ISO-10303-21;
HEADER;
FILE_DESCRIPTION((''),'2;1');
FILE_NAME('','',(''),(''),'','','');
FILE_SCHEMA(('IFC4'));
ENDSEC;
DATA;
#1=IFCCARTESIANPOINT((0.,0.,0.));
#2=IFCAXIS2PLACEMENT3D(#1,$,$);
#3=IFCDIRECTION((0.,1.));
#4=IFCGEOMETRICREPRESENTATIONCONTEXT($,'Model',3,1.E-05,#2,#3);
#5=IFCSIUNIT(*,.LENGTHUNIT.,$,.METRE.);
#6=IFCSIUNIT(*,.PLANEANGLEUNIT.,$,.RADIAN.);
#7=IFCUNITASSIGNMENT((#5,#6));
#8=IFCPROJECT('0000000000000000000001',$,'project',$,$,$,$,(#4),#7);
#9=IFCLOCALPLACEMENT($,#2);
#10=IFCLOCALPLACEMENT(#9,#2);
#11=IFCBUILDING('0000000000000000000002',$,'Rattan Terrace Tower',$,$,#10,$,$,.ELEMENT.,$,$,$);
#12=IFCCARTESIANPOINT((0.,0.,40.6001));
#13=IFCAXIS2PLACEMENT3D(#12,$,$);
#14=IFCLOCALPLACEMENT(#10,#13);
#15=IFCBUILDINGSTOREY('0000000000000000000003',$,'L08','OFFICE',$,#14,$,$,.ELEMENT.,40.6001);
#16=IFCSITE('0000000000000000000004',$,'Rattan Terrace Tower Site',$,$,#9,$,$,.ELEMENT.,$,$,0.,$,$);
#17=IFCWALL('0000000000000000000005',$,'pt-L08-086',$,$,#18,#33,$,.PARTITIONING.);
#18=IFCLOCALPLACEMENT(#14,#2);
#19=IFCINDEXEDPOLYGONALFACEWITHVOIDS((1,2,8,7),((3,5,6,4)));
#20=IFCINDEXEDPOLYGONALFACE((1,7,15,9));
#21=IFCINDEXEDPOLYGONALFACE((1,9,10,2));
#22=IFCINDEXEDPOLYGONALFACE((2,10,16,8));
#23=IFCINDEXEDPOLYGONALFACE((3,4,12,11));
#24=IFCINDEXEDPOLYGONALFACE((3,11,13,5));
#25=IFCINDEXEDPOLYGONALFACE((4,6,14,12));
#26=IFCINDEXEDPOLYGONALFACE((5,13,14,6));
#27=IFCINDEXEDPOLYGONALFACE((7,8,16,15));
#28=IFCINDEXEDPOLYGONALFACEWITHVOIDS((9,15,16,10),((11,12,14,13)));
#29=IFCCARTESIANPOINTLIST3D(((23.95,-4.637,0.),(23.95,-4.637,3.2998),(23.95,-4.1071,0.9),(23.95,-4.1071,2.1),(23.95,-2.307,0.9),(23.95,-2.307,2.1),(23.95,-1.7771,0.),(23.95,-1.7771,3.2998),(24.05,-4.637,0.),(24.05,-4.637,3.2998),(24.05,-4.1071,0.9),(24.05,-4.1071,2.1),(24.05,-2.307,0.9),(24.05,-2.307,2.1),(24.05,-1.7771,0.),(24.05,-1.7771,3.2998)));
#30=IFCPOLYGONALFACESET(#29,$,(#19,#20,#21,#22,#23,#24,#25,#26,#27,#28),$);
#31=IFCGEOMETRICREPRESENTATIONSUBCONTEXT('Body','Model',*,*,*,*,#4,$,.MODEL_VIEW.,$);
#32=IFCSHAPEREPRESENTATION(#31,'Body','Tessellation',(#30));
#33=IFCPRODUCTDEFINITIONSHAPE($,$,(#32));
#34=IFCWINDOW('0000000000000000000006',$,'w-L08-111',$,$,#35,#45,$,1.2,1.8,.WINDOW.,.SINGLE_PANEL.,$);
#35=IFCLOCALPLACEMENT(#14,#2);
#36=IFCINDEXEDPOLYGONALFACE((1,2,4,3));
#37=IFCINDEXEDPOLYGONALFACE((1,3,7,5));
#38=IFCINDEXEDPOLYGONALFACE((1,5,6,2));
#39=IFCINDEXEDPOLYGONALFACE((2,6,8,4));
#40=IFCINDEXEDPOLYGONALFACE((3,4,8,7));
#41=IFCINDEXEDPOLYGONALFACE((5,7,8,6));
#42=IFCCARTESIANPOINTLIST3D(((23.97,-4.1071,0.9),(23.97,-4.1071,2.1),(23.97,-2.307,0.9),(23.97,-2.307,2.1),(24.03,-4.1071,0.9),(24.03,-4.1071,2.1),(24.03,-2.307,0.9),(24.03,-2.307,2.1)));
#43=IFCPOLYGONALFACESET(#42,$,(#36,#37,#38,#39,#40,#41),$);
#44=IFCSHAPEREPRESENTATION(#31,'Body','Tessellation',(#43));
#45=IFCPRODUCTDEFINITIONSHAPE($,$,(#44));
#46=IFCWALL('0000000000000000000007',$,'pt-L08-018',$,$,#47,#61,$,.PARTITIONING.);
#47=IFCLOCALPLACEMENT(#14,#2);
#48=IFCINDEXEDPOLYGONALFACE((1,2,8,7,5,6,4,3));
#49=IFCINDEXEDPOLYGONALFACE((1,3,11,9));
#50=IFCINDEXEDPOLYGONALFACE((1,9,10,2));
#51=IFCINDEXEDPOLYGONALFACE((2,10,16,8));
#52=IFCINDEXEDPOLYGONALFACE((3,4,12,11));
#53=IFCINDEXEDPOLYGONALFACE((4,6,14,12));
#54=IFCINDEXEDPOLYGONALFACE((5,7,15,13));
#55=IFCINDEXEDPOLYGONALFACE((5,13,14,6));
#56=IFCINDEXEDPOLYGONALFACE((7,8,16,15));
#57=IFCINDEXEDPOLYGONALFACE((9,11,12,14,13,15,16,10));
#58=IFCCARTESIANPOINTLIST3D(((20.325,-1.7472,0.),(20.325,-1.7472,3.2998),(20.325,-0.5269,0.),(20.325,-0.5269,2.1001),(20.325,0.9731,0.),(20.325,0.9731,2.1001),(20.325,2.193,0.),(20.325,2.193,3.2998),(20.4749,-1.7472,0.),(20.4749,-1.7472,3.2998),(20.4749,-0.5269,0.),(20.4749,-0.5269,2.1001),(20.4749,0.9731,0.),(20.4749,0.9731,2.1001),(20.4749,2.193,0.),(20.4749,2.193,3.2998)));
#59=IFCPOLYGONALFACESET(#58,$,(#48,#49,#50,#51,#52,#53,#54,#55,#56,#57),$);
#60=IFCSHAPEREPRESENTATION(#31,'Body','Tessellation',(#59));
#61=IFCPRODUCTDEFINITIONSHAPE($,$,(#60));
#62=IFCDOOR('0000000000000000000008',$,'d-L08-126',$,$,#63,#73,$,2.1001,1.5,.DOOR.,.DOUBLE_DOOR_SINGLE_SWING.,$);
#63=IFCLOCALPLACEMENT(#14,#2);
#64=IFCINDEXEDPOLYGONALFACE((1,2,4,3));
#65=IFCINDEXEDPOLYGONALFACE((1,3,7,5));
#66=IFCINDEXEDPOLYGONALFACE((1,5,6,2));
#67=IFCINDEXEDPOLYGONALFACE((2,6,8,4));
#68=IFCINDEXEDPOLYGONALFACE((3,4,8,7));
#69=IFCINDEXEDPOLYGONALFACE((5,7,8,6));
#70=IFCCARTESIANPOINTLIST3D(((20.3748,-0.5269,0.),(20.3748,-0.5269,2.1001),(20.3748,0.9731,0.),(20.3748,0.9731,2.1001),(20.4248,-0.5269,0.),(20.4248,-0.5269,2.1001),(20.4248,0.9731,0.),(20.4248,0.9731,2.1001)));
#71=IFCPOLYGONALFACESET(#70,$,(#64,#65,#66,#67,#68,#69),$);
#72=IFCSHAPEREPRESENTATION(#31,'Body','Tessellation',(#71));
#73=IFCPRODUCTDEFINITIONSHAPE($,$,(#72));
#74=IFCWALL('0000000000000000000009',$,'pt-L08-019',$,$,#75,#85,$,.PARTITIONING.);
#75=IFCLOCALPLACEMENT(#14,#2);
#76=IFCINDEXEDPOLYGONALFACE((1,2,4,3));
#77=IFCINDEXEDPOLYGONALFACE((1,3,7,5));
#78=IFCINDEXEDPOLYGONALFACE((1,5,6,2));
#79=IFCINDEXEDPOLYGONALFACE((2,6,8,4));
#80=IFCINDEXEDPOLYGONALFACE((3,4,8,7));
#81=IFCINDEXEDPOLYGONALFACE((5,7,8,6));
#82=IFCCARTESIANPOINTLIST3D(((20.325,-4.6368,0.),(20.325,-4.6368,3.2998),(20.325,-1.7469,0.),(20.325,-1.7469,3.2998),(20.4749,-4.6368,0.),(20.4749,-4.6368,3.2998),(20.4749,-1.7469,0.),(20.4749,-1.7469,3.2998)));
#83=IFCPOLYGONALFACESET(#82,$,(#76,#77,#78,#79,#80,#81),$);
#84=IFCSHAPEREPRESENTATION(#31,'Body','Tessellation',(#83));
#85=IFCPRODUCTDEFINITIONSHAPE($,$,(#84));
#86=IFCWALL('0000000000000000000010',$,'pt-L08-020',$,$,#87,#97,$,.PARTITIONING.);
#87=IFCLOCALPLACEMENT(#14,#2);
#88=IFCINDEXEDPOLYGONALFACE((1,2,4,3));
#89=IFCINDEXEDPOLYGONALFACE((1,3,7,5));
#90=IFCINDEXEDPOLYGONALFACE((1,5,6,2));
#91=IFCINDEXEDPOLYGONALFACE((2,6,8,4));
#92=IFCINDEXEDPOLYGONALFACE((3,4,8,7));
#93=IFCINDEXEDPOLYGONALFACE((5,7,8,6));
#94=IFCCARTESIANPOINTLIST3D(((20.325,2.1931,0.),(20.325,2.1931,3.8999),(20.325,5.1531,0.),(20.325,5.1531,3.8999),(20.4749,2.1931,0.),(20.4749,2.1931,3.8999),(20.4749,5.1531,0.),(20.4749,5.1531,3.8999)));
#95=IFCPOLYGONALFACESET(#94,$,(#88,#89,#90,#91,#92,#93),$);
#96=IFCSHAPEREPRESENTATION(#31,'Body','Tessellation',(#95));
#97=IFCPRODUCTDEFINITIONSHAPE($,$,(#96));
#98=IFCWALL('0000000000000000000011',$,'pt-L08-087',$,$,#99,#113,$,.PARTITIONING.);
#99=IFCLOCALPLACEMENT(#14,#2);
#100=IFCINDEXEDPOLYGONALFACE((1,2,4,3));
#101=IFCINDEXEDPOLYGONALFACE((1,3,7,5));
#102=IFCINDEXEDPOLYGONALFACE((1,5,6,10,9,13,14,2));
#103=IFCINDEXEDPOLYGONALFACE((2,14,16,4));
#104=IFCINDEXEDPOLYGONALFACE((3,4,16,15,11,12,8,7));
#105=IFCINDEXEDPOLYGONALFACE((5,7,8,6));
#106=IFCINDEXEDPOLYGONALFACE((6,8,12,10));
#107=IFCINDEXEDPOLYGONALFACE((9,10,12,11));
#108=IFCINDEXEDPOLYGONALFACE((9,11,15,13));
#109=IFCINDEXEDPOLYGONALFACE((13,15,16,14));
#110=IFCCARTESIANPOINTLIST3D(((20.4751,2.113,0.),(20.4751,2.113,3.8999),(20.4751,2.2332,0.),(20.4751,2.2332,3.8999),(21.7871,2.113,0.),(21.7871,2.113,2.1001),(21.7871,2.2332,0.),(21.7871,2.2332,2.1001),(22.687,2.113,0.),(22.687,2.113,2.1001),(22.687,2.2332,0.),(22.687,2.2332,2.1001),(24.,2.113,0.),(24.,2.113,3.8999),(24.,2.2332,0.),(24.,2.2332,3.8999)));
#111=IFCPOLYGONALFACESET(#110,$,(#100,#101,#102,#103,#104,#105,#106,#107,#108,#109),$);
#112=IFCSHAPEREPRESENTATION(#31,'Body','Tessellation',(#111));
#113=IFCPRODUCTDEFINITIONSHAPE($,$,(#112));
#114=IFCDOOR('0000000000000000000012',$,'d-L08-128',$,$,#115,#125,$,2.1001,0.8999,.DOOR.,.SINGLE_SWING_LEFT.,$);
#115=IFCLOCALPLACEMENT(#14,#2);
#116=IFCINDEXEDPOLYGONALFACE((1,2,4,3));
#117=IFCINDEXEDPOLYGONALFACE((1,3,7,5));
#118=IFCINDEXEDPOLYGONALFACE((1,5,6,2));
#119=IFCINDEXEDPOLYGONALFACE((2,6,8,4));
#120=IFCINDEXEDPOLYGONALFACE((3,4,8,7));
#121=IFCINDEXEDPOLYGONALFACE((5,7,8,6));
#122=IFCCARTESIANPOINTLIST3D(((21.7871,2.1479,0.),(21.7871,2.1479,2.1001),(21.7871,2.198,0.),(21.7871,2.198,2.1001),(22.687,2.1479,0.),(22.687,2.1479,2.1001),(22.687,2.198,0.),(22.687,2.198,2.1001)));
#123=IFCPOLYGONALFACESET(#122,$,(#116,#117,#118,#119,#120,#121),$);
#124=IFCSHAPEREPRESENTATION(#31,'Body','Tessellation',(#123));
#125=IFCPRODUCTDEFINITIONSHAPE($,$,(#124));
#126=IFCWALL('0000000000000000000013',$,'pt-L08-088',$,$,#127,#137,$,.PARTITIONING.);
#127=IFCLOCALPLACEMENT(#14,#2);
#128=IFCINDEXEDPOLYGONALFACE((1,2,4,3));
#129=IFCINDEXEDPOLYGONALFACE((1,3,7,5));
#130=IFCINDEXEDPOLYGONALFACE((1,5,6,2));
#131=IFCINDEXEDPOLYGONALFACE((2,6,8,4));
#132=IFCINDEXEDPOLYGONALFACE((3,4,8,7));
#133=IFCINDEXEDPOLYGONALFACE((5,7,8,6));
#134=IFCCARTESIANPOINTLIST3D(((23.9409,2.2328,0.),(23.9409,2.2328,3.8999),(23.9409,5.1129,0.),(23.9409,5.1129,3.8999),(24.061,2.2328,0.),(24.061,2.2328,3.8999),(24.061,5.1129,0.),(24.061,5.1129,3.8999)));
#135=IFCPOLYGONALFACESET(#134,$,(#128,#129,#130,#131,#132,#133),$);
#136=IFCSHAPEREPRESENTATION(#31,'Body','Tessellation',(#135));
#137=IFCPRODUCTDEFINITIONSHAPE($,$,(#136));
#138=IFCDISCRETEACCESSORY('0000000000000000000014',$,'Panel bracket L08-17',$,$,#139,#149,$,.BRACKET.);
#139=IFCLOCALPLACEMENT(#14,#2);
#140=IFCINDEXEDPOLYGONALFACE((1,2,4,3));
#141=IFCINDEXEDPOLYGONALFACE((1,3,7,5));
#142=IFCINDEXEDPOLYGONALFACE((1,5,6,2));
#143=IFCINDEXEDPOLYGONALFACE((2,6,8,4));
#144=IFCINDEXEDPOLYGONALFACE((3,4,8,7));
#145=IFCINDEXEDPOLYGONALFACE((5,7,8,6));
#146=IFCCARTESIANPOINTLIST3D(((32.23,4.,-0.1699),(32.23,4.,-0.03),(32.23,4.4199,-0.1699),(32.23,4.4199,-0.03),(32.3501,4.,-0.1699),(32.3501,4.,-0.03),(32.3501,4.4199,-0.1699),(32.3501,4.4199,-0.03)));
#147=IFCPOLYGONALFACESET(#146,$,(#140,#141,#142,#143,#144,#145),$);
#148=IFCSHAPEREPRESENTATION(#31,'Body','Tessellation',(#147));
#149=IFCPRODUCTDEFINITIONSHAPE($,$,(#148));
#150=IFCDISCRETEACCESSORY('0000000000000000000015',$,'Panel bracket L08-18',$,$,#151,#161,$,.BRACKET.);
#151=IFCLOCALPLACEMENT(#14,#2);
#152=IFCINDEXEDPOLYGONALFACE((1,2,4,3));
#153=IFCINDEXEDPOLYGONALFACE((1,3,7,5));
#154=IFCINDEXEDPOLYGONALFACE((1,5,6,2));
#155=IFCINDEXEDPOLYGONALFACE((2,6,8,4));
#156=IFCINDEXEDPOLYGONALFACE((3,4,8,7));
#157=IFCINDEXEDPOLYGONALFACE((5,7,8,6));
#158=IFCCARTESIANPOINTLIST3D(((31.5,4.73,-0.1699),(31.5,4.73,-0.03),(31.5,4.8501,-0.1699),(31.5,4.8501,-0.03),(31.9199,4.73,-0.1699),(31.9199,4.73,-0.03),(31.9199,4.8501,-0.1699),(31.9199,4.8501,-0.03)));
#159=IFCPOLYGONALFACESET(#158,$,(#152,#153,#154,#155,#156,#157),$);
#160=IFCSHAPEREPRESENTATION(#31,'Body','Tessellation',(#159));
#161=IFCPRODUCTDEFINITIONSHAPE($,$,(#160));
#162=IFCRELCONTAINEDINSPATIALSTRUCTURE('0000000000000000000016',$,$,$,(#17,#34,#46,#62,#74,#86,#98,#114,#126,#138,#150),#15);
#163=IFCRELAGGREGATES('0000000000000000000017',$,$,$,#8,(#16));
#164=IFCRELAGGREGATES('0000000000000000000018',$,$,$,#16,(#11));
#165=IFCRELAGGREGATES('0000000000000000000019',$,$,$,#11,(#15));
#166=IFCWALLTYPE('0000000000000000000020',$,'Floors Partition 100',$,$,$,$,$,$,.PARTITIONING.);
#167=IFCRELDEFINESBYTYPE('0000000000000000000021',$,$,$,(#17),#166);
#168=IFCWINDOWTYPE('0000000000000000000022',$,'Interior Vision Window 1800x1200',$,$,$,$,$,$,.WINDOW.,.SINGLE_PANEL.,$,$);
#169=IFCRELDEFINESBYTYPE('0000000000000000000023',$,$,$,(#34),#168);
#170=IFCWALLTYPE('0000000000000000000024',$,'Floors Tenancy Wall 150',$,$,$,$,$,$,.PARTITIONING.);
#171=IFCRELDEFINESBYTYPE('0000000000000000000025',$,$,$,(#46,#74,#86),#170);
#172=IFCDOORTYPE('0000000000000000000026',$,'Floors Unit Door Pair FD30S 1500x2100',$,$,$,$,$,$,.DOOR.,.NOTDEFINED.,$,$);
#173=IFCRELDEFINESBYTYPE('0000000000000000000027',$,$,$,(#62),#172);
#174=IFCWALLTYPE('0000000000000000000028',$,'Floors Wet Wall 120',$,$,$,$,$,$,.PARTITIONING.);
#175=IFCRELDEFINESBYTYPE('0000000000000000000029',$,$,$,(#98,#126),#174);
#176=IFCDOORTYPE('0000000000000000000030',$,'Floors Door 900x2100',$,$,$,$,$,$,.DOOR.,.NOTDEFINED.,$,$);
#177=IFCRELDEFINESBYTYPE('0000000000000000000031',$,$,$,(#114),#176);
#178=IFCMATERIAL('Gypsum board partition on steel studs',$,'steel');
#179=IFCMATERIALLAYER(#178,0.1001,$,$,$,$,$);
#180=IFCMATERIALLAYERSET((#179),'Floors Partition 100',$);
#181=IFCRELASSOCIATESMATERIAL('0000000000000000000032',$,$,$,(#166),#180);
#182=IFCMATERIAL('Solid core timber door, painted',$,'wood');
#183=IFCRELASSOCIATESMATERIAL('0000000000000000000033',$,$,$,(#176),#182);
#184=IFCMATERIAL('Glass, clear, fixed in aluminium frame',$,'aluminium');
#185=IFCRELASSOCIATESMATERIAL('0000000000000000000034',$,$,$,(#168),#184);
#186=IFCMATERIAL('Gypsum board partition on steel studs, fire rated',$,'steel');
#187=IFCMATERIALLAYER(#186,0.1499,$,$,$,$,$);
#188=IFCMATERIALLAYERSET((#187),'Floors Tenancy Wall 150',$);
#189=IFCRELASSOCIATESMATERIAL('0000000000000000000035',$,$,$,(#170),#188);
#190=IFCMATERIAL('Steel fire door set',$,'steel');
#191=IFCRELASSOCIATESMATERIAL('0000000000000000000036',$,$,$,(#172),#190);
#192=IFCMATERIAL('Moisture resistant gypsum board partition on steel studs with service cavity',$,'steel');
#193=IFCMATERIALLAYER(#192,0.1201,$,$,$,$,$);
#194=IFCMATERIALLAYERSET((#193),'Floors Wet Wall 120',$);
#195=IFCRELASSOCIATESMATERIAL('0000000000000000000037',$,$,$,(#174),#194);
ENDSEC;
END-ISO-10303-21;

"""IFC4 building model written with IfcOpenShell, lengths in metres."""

from ifc_helpers import new_model, si_unit, direction, frame, frame_2d, origin, origin_2d, place, context, subcontext, project, spatial, rectangle, extrude, material, layer, layer_set, type_object, element, fill, save


model = new_model("IFC4")

# Units and contexts
model_context = context("Model", 3, precision=1e-05, world=origin(), true_north=direction((0.0, 1.0)))
body_context = subcontext(model_context, "Body", "Model", "MODEL_VIEW")
ifc_project = project(units=[si_unit("LENGTHUNIT", "METRE"), si_unit("PLANEANGLEUNIT", "RADIAN")], contexts=[model_context])

# Site, building, storey
site_placement = place(None, origin())
site = spatial("IfcSite", under=ifc_project, at=site_placement, Name="Rattan Terrace Tower Site", CompositionType="ELEMENT", RefElevation=0.0)
building_placement = place(site_placement, origin())
building = spatial("IfcBuilding", under=site, at=building_placement, Name="Rattan Terrace Tower", CompositionType="ELEMENT")
storey_placement = place(building_placement, frame((0.0, 0.0, 40.6001)))
storey = spatial("IfcBuildingStorey", under=building, at=storey_placement, Name="L08", Description="OFFICE", CompositionType="ELEMENT", Elevation=40.6001)

# Shared definitions
ifc_material_1 = material(Name="Gypsum board partition on steel studs", Category="steel")
ifc_layer_1 = layer(ifc_material_1, 0.1001)
ifc_layer_set_1 = layer_set([ifc_layer_1], Name="Floors Partition 100")
wall_type_1 = type_object("IfcWallType", Name="Floors Partition 100", PredefinedType="PARTITIONING", material=ifc_layer_set_1)
ifc_material_2 = material(Name="Solid core timber door, painted", Category="wood")
door_type_1 = type_object("IfcDoorType", Name="Floors Door 900x2100", OperationType="NOTDEFINED", PredefinedType="DOOR", material=ifc_material_2)

# Wall, opening, window
wall_1_placement = place(storey_placement, frame((24.0, -4.637, 0.0), z_axis=(0.0, 0.0, 1.0), x_axis=(0.0, 1.0, 0.0)))
wall_1 = element("IfcWall", 1, at=wall_1_placement, inside=storey, type_object=wall_type_1, Name="pt-L08-086", PredefinedType="PARTITIONING", context=body_context, shape_type="SweptSolid", body=[
    extrude(rectangle(XDim=2.8599, YDim=0.1001, at=frame_2d((1.4299, 0.0))), origin(), (0.0, 0.0, 1.0), 3.2998),
])
opening_1_placement = place(wall_1_placement, frame((0.53, 0.0, 0.8999)))
opening_1 = element("IfcOpeningElement", 2, at=opening_1_placement, cuts=wall_1, PredefinedType="OPENING", context=body_context, shape_type="SweptSolid", body=[
    extrude(rectangle(XDim=1.8, YDim=1.2, at=frame_2d((0.8999, 0.6001))), frame((0.0, 0.0605, 0.0), z_axis=(0.0, -1.0, 0.0), x_axis=(1.0, 0.0, 0.0)), (0.0, 0.0, 1.0), 0.1211),
])
ifc_material_3 = material(Name="Glass, clear, fixed in aluminium frame", Category="aluminium")
window_type_1 = type_object("IfcWindowType", Name="Interior Vision Window 1800x1200", PartitioningType="SINGLE_PANEL", PredefinedType="WINDOW", material=ifc_material_3)
window_1_placement = place(opening_1_placement, origin())
window_1 = element("IfcWindow", 3, at=window_1_placement, inside=storey, type_object=window_type_1, Name="w-L08-111", OverallHeight=1.2, OverallWidth=1.8, PartitioningType="SINGLE_PANEL", PredefinedType="WINDOW", context=body_context, shape_type="SweptSolid", body=[
    extrude(rectangle(XDim=1.8, YDim=1.2, at=frame_2d((0.8999, 0.6001))), frame((0.0, 0.03, 0.0), z_axis=(0.0, -1.0, 0.0), x_axis=(1.0, 0.0, 0.0)), (0.0, 0.0, 1.0), 0.0601),
])
fill(opening_1, window_1)

# Wall, opening, door
ifc_material_4 = material(Name="Gypsum board partition on steel studs, fire rated", Category="steel")
ifc_layer_2 = layer(ifc_material_4, 0.1499)
ifc_layer_set_2 = layer_set([ifc_layer_2], Name="Floors Tenancy Wall 150")
wall_type_2 = type_object("IfcWallType", Name="Floors Tenancy Wall 150", PredefinedType="PARTITIONING", material=ifc_layer_set_2)
wall_2_placement = place(storey_placement, frame((20.3999, 2.1931, 0.0), z_axis=(0.0, 0.0, 1.0), x_axis=(0.0, -1.0, 0.0)))
wall_2 = element("IfcWall", 4, at=wall_2_placement, inside=storey, type_object=wall_type_2, Name="pt-L08-018", PredefinedType="PARTITIONING", context=body_context, shape_type="SweptSolid", body=[
    extrude(rectangle(XDim=3.9402, YDim=0.1499, at=frame_2d((1.9702, 0.0))), origin(), (0.0, 0.0, 1.0), 3.2998),
])
opening_2_placement = place(wall_2_placement, frame((1.22, 0.0, 0.0)))
opening_2 = element("IfcOpeningElement", 5, at=opening_2_placement, cuts=wall_2, PredefinedType="OPENING", context=body_context, shape_type="SweptSolid", body=[
    extrude(rectangle(XDim=1.5, YDim=2.1001, at=frame_2d((0.75, 1.05))), frame((0.0, 0.0854, 0.0), z_axis=(0.0, -1.0, 0.0), x_axis=(1.0, 0.0, 0.0)), (0.0, 0.0, 1.0), 0.1709),
])
ifc_material_5 = material(Name="Steel fire door set", Category="steel")
door_type_2 = type_object("IfcDoorType", Name="Floors Unit Door Pair FD30S 1500x2100", OperationType="NOTDEFINED", PredefinedType="DOOR", material=ifc_material_5)
door_1_placement = place(opening_2_placement, origin())
door_1 = element("IfcDoor", 6, at=door_1_placement, inside=storey, type_object=door_type_2, Name="d-L08-126", OperationType="DOUBLE_DOOR_SINGLE_SWING", OverallHeight=2.1001, OverallWidth=1.5, PredefinedType="DOOR", context=body_context, shape_type="SweptSolid", body=[
    extrude(rectangle(XDim=1.5, YDim=2.1001, at=frame_2d((0.75, 1.05))), frame((0.0, 0.0249, 0.0), z_axis=(0.0, -1.0, 0.0), x_axis=(1.0, 0.0, 0.0)), (0.0, 0.0, 1.0), 0.05),
])
fill(opening_2, door_1)

# Walls
wall_3_placement = place(storey_placement, frame((20.3999, -1.7471, 0.0), z_axis=(0.0, 0.0, 1.0), x_axis=(0.0, -1.0, 0.0)))
element("IfcWall", 7, at=wall_3_placement, inside=storey, type_object=wall_type_2, Name="pt-L08-019", PredefinedType="PARTITIONING", context=body_context, shape_type="SweptSolid", body=[
    extrude(rectangle(XDim=2.8899, YDim=0.1499, at=frame_2d((1.4448, 0.0))), origin(), (0.0, 0.0, 1.0), 3.2998),
])
wall_4_placement = place(storey_placement, frame((20.3999, 5.1531, 0.0), z_axis=(0.0, 0.0, 1.0), x_axis=(0.0, -1.0, 0.0)))
element("IfcWall", 8, at=wall_4_placement, inside=storey, type_object=wall_type_2, Name="pt-L08-020", PredefinedType="PARTITIONING", context=body_context, shape_type="SweptSolid", body=[
    extrude(rectangle(XDim=2.96, YDim=0.1499, at=frame_2d((1.48, 0.0))), origin(), (0.0, 0.0, 1.0), 3.8999),
])

# Wall, opening, door
ifc_material_6 = material(Name="Moisture resistant gypsum board partition on steel studs with service cavity", Category="steel")
ifc_layer_3 = layer(ifc_material_6, 0.1201)
ifc_layer_set_3 = layer_set([ifc_layer_3], Name="Floors Wet Wall 120")
wall_type_3 = type_object("IfcWallType", Name="Floors Wet Wall 120", PredefinedType="PARTITIONING", material=ifc_layer_set_3)
wall_5_placement = place(storey_placement, frame((20.4751, 2.1731, 0.0), z_axis=(0.0, 0.0, 1.0), x_axis=(1.0, 0.0, 0.0)))
wall_5 = element("IfcWall", 9, at=wall_5_placement, inside=storey, type_object=wall_type_3, Name="pt-L08-087", PredefinedType="PARTITIONING", context=body_context, shape_type="SweptSolid", body=[
    extrude(rectangle(XDim=3.5249, YDim=0.1201, at=frame_2d((1.7625, 0.0))), origin(), (0.0, 0.0, 1.0), 3.8999),
])
opening_3_placement = place(wall_5_placement, frame((1.312, 0.0, 0.0)))
opening_3 = element("IfcOpeningElement", 10, at=opening_3_placement, cuts=wall_5, PredefinedType="OPENING", context=body_context, shape_type="SweptSolid", body=[
    extrude(rectangle(XDim=0.8999, YDim=2.1001, at=frame_2d((0.45, 1.05))), frame((0.0, 0.0706, 0.0), z_axis=(0.0, -1.0, 0.0), x_axis=(1.0, 0.0, 0.0)), (0.0, 0.0, 1.0), 0.1411),
])
door_2_placement = place(opening_3_placement, origin())
door_2 = element("IfcDoor", 11, at=door_2_placement, inside=storey, type_object=door_type_1, Name="d-L08-128", OperationType="SINGLE_SWING_LEFT", OverallHeight=2.1001, OverallWidth=0.8999, PredefinedType="DOOR", context=body_context, shape_type="SweptSolid", body=[
    extrude(rectangle(XDim=0.8999, YDim=2.1001, at=frame_2d((0.45, 1.05))), frame((0.0, 0.0249, 0.0), z_axis=(0.0, -1.0, 0.0), x_axis=(1.0, 0.0, 0.0)), (0.0, 0.0, 1.0), 0.05),
])
fill(opening_3, door_2)

# Wall
wall_6_placement = place(storey_placement, frame((24.001, 2.2329, 0.0), z_axis=(0.0, 0.0, 1.0), x_axis=(0.0, 1.0, 0.0)))
element("IfcWall", 12, at=wall_6_placement, inside=storey, type_object=wall_type_3, Name="pt-L08-088", PredefinedType="PARTITIONING", context=body_context, shape_type="SweptSolid", body=[
    extrude(rectangle(XDim=2.8801, YDim=0.1201, at=frame_2d((1.4399, 0.0))), origin(), (0.0, 0.0, 1.0), 3.8999),
])

# Discrete accessories
for number, where, z_axis, x_axis, name in (
    (13, (32.29, 4.21, -0.1699), (0.0, 0.0, 1.0), (-1.0, 0.0, 0.0), "Panel bracket L08-17"),
    (14, (31.71, 4.79, -0.1699), (0.0, 0.0, 1.0), (0.0, 1.0, 0.0), "Panel bracket L08-18"),
):
    element("IfcDiscreteAccessory", number, at=place(storey_placement, frame(where, z_axis=z_axis, x_axis=x_axis)), inside=storey, Name=name, PredefinedType="BRACKET", context=body_context, shape_type="SweptSolid", body=[
        extrude(rectangle(XDim=0.1201, YDim=0.4199, at=origin_2d()), origin(), (0.0, 0.0, 1.0), 0.1399),
    ])

save(model, "model.ifc")
